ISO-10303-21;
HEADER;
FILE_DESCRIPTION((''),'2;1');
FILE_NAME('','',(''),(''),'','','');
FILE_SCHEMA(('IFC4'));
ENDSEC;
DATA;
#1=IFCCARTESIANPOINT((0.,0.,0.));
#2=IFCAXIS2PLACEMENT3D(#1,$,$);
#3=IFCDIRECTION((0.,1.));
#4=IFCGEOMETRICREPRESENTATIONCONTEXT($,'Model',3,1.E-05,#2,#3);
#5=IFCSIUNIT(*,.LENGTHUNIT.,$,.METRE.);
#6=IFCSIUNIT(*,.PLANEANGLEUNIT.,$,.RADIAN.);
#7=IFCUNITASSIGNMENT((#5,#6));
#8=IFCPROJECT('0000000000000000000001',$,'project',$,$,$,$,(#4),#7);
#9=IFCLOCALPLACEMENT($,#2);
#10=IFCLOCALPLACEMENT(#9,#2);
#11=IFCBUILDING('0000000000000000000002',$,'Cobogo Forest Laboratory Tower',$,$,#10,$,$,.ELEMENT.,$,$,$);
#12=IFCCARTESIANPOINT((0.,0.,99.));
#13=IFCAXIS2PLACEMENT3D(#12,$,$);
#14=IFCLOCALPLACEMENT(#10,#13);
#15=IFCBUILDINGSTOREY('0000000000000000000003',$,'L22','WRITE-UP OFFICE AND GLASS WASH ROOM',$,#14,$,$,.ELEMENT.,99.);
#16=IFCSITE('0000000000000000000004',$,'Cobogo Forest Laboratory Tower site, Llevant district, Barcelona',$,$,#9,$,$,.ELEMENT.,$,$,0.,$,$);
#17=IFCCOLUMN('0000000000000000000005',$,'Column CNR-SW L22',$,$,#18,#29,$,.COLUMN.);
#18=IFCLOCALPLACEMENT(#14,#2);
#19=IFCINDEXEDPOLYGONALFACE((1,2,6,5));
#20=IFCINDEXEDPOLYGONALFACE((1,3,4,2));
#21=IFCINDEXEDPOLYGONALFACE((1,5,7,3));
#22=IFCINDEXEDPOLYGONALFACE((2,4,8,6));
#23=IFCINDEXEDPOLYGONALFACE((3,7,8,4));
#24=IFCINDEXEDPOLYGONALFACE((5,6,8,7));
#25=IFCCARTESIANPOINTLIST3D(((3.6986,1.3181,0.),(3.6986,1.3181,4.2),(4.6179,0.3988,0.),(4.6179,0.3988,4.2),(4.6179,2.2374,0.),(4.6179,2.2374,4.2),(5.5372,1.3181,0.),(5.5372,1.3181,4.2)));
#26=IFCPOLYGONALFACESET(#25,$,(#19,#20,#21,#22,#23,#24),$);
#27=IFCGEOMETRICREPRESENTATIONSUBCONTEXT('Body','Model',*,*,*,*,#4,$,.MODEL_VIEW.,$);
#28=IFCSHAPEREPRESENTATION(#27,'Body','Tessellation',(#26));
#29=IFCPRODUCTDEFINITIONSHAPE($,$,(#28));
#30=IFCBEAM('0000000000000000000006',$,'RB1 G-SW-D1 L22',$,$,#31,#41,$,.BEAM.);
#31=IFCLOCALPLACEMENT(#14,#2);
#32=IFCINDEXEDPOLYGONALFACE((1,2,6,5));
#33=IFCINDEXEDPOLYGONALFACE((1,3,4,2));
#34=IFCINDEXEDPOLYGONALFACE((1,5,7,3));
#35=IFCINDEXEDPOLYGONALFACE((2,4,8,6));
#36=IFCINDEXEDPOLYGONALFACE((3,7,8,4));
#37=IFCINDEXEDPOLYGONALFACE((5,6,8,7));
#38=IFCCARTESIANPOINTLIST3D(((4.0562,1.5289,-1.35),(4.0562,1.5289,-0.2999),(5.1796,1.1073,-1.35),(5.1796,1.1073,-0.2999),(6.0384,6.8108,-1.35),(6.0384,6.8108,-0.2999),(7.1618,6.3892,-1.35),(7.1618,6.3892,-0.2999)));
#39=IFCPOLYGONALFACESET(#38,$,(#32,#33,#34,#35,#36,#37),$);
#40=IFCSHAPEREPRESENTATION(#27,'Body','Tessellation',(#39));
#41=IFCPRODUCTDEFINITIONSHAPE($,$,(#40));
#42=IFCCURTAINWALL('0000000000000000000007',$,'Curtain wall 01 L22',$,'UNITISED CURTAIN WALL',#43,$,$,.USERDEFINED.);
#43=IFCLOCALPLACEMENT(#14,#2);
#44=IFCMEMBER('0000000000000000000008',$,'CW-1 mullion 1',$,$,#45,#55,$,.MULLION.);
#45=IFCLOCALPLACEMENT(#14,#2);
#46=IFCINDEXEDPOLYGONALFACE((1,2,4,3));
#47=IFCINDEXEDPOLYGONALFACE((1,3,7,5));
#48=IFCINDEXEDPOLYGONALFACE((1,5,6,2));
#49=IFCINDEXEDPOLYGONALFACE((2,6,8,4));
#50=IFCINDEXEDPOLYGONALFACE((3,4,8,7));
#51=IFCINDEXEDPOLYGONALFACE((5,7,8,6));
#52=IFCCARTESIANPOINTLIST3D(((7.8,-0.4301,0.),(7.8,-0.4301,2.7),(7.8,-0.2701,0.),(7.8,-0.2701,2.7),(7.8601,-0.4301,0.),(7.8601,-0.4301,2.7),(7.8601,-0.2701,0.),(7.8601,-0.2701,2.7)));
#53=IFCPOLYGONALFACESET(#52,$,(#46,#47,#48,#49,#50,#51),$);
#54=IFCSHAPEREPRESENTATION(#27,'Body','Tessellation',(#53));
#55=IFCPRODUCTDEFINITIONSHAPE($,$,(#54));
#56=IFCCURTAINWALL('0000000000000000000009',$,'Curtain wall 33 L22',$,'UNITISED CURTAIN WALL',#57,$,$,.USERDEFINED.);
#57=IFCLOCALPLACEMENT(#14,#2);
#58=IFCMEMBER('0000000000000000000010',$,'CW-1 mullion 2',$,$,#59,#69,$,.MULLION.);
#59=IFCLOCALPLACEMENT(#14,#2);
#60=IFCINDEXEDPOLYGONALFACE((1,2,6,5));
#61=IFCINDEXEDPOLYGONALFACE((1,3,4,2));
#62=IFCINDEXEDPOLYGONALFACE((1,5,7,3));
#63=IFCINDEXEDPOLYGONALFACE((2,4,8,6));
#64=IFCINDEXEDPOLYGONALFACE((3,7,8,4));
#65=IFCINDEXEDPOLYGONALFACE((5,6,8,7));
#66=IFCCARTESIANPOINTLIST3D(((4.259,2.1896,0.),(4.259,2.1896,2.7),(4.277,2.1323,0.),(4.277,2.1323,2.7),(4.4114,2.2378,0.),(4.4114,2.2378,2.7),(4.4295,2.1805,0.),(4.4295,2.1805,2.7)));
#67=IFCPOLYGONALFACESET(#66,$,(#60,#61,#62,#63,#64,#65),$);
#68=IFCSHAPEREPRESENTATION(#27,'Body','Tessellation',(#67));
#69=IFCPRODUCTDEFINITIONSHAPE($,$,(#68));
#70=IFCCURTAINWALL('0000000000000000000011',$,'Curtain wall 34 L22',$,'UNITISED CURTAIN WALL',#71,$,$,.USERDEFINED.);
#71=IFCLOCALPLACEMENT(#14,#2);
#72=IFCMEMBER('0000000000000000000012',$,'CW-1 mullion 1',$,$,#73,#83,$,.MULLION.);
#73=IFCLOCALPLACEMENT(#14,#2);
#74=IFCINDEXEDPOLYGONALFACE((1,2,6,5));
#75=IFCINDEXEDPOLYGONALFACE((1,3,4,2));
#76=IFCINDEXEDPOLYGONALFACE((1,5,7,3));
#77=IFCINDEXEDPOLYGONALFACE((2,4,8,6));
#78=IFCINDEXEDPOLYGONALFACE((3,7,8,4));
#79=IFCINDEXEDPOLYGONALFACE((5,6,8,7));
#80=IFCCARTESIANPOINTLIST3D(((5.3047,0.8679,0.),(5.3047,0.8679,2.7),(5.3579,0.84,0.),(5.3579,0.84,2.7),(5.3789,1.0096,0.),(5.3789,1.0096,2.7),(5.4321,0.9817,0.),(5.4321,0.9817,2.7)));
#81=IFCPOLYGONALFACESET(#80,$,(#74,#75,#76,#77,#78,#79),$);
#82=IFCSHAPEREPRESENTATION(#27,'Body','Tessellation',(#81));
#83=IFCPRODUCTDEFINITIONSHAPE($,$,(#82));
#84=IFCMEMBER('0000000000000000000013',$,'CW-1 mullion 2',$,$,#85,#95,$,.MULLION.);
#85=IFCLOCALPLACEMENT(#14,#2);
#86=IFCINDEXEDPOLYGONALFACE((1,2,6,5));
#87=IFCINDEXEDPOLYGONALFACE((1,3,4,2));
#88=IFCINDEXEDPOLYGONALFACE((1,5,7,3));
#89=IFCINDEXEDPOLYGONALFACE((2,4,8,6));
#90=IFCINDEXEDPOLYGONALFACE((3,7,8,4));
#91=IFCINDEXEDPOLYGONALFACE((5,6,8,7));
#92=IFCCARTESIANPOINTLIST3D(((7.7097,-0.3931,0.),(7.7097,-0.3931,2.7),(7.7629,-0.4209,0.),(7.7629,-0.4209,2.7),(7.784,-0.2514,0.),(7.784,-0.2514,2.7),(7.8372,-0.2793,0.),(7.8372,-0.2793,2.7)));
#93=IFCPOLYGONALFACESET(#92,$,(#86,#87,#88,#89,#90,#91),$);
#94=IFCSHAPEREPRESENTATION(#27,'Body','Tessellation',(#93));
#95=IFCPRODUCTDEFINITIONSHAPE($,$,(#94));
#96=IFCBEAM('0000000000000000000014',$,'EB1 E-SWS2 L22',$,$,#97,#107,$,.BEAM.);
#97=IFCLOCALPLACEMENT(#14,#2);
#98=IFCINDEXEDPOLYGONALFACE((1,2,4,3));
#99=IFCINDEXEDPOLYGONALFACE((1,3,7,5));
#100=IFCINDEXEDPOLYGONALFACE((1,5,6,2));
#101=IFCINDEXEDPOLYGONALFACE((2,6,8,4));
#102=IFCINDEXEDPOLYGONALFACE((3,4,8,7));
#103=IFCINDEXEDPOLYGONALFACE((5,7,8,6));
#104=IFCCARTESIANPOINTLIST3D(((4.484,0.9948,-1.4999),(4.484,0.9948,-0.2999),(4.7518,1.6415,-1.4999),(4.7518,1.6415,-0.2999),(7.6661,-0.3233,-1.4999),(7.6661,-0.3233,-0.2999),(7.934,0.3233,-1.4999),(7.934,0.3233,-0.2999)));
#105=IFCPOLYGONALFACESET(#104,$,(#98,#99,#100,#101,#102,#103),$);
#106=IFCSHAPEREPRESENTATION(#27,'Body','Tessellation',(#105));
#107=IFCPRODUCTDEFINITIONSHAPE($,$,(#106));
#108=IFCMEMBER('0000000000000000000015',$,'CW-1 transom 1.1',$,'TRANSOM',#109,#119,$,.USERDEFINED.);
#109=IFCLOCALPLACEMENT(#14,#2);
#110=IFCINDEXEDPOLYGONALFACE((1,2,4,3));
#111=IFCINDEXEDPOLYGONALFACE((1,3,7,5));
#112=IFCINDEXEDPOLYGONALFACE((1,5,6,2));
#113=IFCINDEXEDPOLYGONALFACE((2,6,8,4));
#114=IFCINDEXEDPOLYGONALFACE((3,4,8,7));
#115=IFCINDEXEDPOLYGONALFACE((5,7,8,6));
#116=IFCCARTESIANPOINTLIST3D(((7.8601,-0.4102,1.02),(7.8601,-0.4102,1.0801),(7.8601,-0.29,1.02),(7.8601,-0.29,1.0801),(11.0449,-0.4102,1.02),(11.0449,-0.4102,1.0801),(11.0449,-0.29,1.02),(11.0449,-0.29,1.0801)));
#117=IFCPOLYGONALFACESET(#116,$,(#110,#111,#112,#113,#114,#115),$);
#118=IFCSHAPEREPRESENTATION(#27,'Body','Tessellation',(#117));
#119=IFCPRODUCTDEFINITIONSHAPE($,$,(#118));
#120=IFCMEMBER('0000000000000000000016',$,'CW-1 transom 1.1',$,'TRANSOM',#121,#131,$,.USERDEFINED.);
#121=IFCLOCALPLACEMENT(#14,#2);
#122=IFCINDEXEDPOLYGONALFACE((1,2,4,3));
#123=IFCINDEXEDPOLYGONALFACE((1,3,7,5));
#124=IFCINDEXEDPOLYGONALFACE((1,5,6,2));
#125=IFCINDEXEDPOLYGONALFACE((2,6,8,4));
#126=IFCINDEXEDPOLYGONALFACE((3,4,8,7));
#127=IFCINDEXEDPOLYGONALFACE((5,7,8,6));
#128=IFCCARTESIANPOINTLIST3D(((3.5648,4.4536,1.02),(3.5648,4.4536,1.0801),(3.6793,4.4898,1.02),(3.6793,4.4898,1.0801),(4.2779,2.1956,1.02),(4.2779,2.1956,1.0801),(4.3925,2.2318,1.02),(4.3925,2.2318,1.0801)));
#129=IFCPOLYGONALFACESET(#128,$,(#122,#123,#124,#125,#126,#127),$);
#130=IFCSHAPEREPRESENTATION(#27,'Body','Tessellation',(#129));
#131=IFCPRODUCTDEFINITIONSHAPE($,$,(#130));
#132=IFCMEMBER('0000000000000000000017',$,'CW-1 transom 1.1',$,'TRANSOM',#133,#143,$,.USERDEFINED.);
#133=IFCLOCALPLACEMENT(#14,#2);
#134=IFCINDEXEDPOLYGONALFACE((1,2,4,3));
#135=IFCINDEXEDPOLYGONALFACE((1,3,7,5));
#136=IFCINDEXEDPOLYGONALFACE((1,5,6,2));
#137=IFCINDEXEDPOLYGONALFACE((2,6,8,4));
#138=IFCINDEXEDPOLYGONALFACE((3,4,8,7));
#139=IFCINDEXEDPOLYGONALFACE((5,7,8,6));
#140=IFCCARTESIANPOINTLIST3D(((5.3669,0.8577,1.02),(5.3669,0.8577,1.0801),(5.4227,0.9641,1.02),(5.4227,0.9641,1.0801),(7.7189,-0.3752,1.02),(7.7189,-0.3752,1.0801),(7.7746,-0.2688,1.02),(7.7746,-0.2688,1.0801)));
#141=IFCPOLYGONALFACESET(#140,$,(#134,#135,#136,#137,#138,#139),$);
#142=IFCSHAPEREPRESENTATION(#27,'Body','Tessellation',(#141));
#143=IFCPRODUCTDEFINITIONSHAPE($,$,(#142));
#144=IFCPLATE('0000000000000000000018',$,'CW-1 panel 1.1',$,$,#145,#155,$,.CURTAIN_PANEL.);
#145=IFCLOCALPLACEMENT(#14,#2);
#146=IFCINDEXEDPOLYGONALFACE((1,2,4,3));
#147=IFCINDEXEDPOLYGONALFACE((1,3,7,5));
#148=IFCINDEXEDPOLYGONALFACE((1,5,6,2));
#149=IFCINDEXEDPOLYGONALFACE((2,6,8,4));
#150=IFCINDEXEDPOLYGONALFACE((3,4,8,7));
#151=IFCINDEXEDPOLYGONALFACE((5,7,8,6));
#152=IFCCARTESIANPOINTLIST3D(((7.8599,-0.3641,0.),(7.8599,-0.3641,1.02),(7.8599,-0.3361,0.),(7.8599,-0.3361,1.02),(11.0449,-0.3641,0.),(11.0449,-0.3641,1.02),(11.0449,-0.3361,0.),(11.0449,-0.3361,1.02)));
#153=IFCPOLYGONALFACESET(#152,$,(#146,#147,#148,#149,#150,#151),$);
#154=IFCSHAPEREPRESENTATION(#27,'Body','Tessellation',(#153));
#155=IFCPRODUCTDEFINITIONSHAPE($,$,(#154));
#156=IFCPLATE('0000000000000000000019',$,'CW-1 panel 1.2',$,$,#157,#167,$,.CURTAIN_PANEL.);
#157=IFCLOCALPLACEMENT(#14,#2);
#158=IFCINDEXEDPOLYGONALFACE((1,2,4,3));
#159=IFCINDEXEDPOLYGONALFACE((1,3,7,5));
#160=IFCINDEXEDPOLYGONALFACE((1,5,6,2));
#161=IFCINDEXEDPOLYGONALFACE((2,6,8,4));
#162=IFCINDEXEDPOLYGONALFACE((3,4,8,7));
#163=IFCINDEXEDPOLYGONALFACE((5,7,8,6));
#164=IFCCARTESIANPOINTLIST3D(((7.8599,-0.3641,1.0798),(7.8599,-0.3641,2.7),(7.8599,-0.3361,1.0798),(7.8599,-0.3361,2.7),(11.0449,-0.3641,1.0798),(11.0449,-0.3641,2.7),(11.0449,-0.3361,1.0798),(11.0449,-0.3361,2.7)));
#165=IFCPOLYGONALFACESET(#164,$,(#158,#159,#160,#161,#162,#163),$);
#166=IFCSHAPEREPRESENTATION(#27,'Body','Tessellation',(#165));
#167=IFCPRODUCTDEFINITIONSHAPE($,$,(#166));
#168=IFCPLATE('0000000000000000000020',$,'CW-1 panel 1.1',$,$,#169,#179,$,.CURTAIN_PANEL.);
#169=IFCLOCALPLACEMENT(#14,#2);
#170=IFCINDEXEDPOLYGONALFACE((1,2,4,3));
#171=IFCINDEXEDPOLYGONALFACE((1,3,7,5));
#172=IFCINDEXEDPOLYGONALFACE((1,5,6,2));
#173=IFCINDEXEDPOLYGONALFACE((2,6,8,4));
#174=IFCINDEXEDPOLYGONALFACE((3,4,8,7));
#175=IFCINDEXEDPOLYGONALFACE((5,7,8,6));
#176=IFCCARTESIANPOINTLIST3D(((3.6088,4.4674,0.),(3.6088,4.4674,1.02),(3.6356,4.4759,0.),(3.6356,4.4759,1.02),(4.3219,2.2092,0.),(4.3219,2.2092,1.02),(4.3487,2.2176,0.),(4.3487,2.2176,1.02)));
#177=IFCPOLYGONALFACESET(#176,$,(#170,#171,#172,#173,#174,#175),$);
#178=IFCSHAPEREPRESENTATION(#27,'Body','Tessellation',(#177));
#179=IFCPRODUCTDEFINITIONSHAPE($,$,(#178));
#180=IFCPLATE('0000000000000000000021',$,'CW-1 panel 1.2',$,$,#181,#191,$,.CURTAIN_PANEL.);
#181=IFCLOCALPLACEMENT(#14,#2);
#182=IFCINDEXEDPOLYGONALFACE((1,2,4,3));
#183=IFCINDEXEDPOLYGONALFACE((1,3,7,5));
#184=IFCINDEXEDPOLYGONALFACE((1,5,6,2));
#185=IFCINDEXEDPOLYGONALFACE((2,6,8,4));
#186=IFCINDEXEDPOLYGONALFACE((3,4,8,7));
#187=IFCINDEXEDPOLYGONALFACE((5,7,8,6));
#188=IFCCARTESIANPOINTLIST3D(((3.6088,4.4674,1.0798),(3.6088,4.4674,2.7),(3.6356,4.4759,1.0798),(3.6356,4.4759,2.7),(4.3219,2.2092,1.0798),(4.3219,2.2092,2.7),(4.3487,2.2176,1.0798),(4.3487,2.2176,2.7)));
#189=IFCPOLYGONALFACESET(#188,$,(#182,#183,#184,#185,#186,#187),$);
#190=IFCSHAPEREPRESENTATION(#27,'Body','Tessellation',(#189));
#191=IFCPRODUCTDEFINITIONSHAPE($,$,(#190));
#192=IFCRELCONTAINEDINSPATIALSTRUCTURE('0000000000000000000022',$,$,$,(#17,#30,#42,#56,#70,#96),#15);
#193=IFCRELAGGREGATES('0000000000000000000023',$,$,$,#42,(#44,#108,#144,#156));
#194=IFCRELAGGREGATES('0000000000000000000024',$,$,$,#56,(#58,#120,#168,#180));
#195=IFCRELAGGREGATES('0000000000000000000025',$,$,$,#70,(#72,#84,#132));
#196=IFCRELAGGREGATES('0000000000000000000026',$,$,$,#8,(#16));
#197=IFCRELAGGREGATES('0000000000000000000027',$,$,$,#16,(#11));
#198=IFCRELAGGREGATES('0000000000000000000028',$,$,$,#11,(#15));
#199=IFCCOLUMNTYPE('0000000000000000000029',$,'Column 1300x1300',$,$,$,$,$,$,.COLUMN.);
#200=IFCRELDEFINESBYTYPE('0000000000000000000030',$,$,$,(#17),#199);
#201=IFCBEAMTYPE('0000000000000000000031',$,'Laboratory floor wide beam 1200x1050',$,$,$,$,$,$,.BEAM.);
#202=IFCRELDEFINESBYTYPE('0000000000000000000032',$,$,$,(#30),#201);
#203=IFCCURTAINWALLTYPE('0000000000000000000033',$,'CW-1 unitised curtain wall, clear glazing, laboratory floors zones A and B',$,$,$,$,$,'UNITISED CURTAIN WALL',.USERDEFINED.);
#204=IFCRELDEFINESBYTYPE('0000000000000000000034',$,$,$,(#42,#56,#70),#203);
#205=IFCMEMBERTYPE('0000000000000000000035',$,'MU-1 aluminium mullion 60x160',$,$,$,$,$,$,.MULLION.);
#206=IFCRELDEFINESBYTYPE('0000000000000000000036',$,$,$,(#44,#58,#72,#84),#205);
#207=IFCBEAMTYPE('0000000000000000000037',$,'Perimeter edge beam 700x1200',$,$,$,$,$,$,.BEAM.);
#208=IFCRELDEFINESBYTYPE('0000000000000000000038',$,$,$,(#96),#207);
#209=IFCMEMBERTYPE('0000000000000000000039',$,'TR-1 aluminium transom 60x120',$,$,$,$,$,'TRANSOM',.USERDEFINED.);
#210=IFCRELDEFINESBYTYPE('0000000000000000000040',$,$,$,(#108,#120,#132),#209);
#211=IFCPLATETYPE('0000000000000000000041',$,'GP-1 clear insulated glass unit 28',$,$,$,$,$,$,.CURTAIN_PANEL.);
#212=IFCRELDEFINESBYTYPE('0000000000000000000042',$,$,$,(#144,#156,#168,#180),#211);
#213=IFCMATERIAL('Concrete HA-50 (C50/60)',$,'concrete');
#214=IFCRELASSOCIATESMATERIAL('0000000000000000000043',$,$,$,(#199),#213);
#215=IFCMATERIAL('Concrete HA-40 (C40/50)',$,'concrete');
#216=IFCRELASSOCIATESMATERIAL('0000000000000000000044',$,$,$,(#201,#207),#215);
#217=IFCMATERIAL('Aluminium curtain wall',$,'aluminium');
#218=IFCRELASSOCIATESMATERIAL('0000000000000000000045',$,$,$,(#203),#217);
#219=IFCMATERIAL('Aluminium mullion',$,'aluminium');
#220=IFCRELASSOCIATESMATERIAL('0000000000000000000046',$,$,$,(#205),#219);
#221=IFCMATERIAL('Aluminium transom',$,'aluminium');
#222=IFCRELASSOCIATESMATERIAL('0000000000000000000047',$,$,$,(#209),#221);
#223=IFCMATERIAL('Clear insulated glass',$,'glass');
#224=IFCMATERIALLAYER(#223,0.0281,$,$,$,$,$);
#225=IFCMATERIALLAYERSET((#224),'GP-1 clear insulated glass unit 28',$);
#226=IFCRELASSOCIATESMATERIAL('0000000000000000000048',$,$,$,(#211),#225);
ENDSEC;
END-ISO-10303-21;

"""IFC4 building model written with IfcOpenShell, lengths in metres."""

from ifc_helpers import new_model, si_unit, direction, frame, origin, origin_2d, place, context, subcontext, project, spatial, rectangle, extrude, material, layer, layer_set, material_profile, profile_set, type_object, element, aggregate, save


model = new_model("IFC4")

# Units and contexts
model_context = context("Model", 3, precision=1e-05, world=origin(), true_north=direction((0.0, 1.0)))
body_context = subcontext(model_context, "Body", "Model", "MODEL_VIEW")
ifc_project = project(units=[si_unit("LENGTHUNIT", "METRE"), si_unit("PLANEANGLEUNIT", "RADIAN")], contexts=[model_context])

# Site, building, storey
site_placement = place(None, origin())
site = spatial("IfcSite", under=ifc_project, at=site_placement, Name="Cobogo Forest Laboratory Tower site, Llevant district, Barcelona", CompositionType="ELEMENT", RefElevation=0.0)
building_placement = place(site_placement, origin())
building = spatial("IfcBuilding", under=site, at=building_placement, Name="Cobogo Forest Laboratory Tower", CompositionType="ELEMENT")
storey_placement = place(building_placement, frame((0.0, 0.0, 99.0)))
storey = spatial("IfcBuildingStorey", under=building, at=storey_placement, Name="L22", Description="WRITE-UP OFFICE AND GLASS WASH ROOM", CompositionType="ELEMENT", Elevation=99.0)

# Column
ifc_material_1 = material(Name="Concrete HA-50 (C50/60)", Category="concrete")
ifc_material_profile_1 = material_profile(ifc_material_1, rectangle(XDim=1.3, YDim=1.3, at=origin_2d()), Name="RC 1300x1300")
ifc_profile_set_1 = profile_set([ifc_material_profile_1], Name="Concrete HA-50 (C50/60)")
column_type = type_object("IfcColumnType", Name="Column 1300x1300", PredefinedType="COLUMN", material=ifc_profile_set_1)
column_placement = place(storey_placement, frame((4.6179, 1.3181, 0.0), z_axis=(0.0, 0.0, 1.0), x_axis=(0.707107, 0.707107, 0.0)))
element("IfcColumn", 1, at=column_placement, inside=storey, type_object=column_type, Name="Column CNR-SW L22", PredefinedType="COLUMN", context=body_context, shape_type="SweptSolid", body=[
    extrude(rectangle(XDim=1.3, YDim=1.3, at=origin_2d()), origin(), (0.0, 0.0, 1.0), 4.2),
])

# Beam
ifc_material_2 = material(Name="Concrete HA-40 (C40/50)", Category="concrete")
ifc_material_profile_2 = material_profile(ifc_material_2, rectangle(XDim=1.2, YDim=1.05, at=origin_2d()), Name="RC 1200x1050")
ifc_profile_set_2 = profile_set([ifc_material_profile_2], Name="Concrete HA-40 (C40/50)")
beam_type_1 = type_object("IfcBeamType", Name="Laboratory floor wide beam 1200x1050", PredefinedType="BEAM", material=ifc_profile_set_2)
beam_1_placement = place(storey_placement, frame((4.6179, 1.3181, -0.825), z_axis=(0.351346, 0.936246, 0.0), x_axis=(-0.936246, 0.351346, 0.0)))
element("IfcBeam", 2, at=beam_1_placement, inside=storey, type_object=beam_type_1, Name="RB1 G-SW-D1 L22", PredefinedType="BEAM", context=body_context, shape_type="SweptSolid", body=[
    extrude(rectangle(XDim=1.2, YDim=1.05, at=origin_2d()), origin(), (0.0, 0.0, 1.0), 5.6416),
])

# Curtain walls, members
ifc_material_3 = material(Name="Aluminium curtain wall", Category="aluminium")
curtain_wall_type = type_object("IfcCurtainWallType", Name="CW-1 unitised curtain wall, clear glazing, laboratory floors zones A and B", ElementType="UNITISED CURTAIN WALL", PredefinedType="USERDEFINED", material=ifc_material_3)
curtain_wall_1_placement = place(storey_placement, origin())
curtain_wall_1 = element("IfcCurtainWall", 3, at=curtain_wall_1_placement, inside=storey, type_object=curtain_wall_type, Name="Curtain wall 01 L22", ObjectType="UNITISED CURTAIN WALL", PredefinedType="USERDEFINED")
ifc_material_4 = material(Name="Aluminium mullion", Category="aluminium")
ifc_material_profile_3 = material_profile(ifc_material_4, rectangle(XDim=0.0601, YDim=0.1599, at=origin_2d()), Name="AL 60x160")
ifc_profile_set_3 = profile_set([ifc_material_profile_3], Name="Aluminium mullion")
member_type_1 = type_object("IfcMemberType", Name="MU-1 aluminium mullion 60x160", PredefinedType="MULLION", material=ifc_profile_set_3)
member_1_placement = place(storey_placement, frame((7.8301, -0.3501, 0.0), z_axis=(0.0, 0.0, 1.0), x_axis=(1.0, 0.0, 0.0)))
member_1 = element("IfcMember", 4, at=member_1_placement, type_object=member_type_1, Name="CW-1 mullion 1", PredefinedType="MULLION", context=body_context, shape_type="SweptSolid", body=[
    extrude(rectangle(XDim=0.0601, YDim=0.1599, at=origin_2d()), origin(), (0.0, 0.0, 1.0), 2.7),
])
curtain_wall_2_placement = place(storey_placement, origin())
curtain_wall_2 = element("IfcCurtainWall", 5, at=curtain_wall_2_placement, inside=storey, type_object=curtain_wall_type, Name="Curtain wall 33 L22", ObjectType="UNITISED CURTAIN WALL", PredefinedType="USERDEFINED")
member_2_placement = place(storey_placement, frame((4.3442, 2.1851, 0.0), z_axis=(0.0, 0.0, 1.0), x_axis=(0.301135, -0.953581, 0.0)))
member_2 = element("IfcMember", 6, at=member_2_placement, type_object=member_type_1, Name="CW-1 mullion 2", PredefinedType="MULLION", context=body_context, shape_type="SweptSolid", body=[
    extrude(rectangle(XDim=0.0601, YDim=0.1599, at=origin_2d()), origin(), (0.0, 0.0, 1.0), 2.7),
])

# Curtain wall, members
curtain_wall_3_placement = place(storey_placement, origin())
curtain_wall_3 = element("IfcCurtainWall", 7, at=curtain_wall_3_placement, inside=storey, type_object=curtain_wall_type, Name="Curtain wall 34 L22", ObjectType="UNITISED CURTAIN WALL", PredefinedType="USERDEFINED")
member_3_placement = place(storey_placement, frame((5.3684, 0.9248, 0.0), z_axis=(0.0, 0.0, 1.0), x_axis=(0.885687, -0.464284, 0.0)))
member_3 = element("IfcMember", 8, at=member_3_placement, type_object=member_type_1, Name="CW-1 mullion 1", PredefinedType="MULLION", context=body_context, shape_type="SweptSolid", body=[
    extrude(rectangle(XDim=0.0601, YDim=0.1599, at=origin_2d()), origin(), (0.0, 0.0, 1.0), 2.7),
])
member_4_placement = place(storey_placement, frame((7.7734, -0.3362, 0.0), z_axis=(0.0, 0.0, 1.0), x_axis=(0.885687, -0.464284, 0.0)))
member_4 = element("IfcMember", 9, at=member_4_placement, type_object=member_type_1, Name="CW-1 mullion 2", PredefinedType="MULLION", context=body_context, shape_type="SweptSolid", body=[
    extrude(rectangle(XDim=0.0601, YDim=0.1599, at=origin_2d()), origin(), (0.0, 0.0, 1.0), 2.7),
])

# Beam
ifc_material_profile_4 = material_profile(ifc_material_2, rectangle(XDim=0.7, YDim=1.2, at=origin_2d()), Name="RC 700x1200")
ifc_profile_set_4 = profile_set([ifc_material_profile_4], Name="Concrete HA-40 (C40/50)")
beam_type_2 = type_object("IfcBeamType", Name="Perimeter edge beam 700x1200", PredefinedType="BEAM", material=ifc_profile_set_4)
beam_2_placement = place(storey_placement, frame((7.8, 0.0, -0.8999), z_axis=(-0.923876, 0.382692, 0.0), x_axis=(-0.382692, -0.923876, 0.0)))
element("IfcBeam", 10, at=beam_2_placement, inside=storey, type_object=beam_type_2, Name="EB1 E-SWS2 L22", PredefinedType="BEAM", context=body_context, shape_type="SweptSolid", body=[
    extrude(rectangle(XDim=0.7, YDim=1.2, at=origin_2d()), origin(), (0.0, 0.0, 1.0), 3.4443),
])

# Members
ifc_material_5 = material(Name="Aluminium transom", Category="aluminium")
ifc_material_profile_5 = material_profile(ifc_material_5, rectangle(XDim=0.1201, YDim=0.0601, at=origin_2d()), Name="AL 60x120")
ifc_profile_set_5 = profile_set([ifc_material_profile_5], Name="Aluminium transom")
member_type_2 = type_object("IfcMemberType", Name="TR-1 aluminium transom 60x120", ElementType="TRANSOM", PredefinedType="USERDEFINED", material=ifc_profile_set_5)
member_5_placement = place(storey_placement, frame((7.8601, -0.3501, 1.05), z_axis=(1.0, 0.0, 0.0), x_axis=(0.0, 1.0, 0.0)))
member_5 = element("IfcMember", 11, at=member_5_placement, type_object=member_type_2, Name="CW-1 transom 1.1", ObjectType="TRANSOM", PredefinedType="USERDEFINED", context=body_context, shape_type="SweptSolid", body=[
    extrude(rectangle(XDim=0.1201, YDim=0.0601, at=origin_2d()), origin(), (0.0, 0.0, 1.0), 3.1848),
])
member_6_placement = place(storey_placement, frame((3.6221, 4.4717, 1.05), z_axis=(0.301156, -0.953575, 0.0), x_axis=(0.953575, 0.301156, 0.0)))
member_6 = element("IfcMember", 12, at=member_6_placement, type_object=member_type_2, Name="CW-1 transom 1.1", ObjectType="TRANSOM", PredefinedType="USERDEFINED", context=body_context, shape_type="SweptSolid", body=[
    extrude(rectangle(XDim=0.1201, YDim=0.0601, at=origin_2d()), origin(), (0.0, 0.0, 1.0), 2.3679),
])
member_7_placement = place(storey_placement, frame((5.3948, 0.9109, 1.05), z_axis=(0.885695, -0.464268, 0.0), x_axis=(0.464268, 0.885695, 0.0)))
member_7 = element("IfcMember", 13, at=member_7_placement, type_object=member_type_2, Name="CW-1 transom 1.1", ObjectType="TRANSOM", PredefinedType="USERDEFINED", context=body_context, shape_type="SweptSolid", body=[
    extrude(rectangle(XDim=0.1201, YDim=0.0601, at=origin_2d()), origin(), (0.0, 0.0, 1.0), 2.6555),
])

# Plates
ifc_material_6 = material(Name="Clear insulated glass", Category="glass")
ifc_layer = layer(ifc_material_6, 0.0281)
ifc_layer_set = layer_set([ifc_layer], Name="GP-1 clear insulated glass unit 28")
plate_type = type_object("IfcPlateType", Name="GP-1 clear insulated glass unit 28", PredefinedType="CURTAIN_PANEL", material=ifc_layer_set)
plate_1_placement = place(storey_placement, frame((9.4524, -0.3501, 0.0), z_axis=(0.0, 0.0, 1.0), x_axis=(1.0, 0.0, 0.0)))
plate_1 = element("IfcPlate", 14, at=plate_1_placement, type_object=plate_type, Name="CW-1 panel 1.1", PredefinedType="CURTAIN_PANEL", context=body_context, shape_type="SweptSolid", body=[
    extrude(rectangle(XDim=3.1851, YDim=0.0281, at=origin_2d()), origin(), (0.0, 0.0, 1.0), 1.02),
])
plate_2_placement = place(storey_placement, frame((9.4524, -0.3501, 1.0798), z_axis=(0.0, 0.0, 1.0), x_axis=(1.0, 0.0, 0.0)))
plate_2 = element("IfcPlate", 15, at=plate_2_placement, type_object=plate_type, Name="CW-1 panel 1.2", PredefinedType="CURTAIN_PANEL", context=body_context, shape_type="SweptSolid", body=[
    extrude(rectangle(XDim=3.1851, YDim=0.0281, at=origin_2d()), origin(), (0.0, 0.0, 1.0), 1.6201),
])
aggregate(curtain_wall_1, [member_1, member_5, plate_1, plate_2])
plate_3_placement = place(storey_placement, frame((3.9788, 3.3425, 0.0), z_axis=(0.0, 0.0, 1.0), x_axis=(0.301135, -0.953581, 0.0)))
plate_3 = element("IfcPlate", 16, at=plate_3_placement, type_object=plate_type, Name="CW-1 panel 1.1", PredefinedType="CURTAIN_PANEL", context=body_context, shape_type="SweptSolid", body=[
    extrude(rectangle(XDim=2.3682, YDim=0.0281, at=origin_2d()), origin(), (0.0, 0.0, 1.0), 1.02),
])
plate_4_placement = place(storey_placement, frame((3.9788, 3.3425, 1.0798), z_axis=(0.0, 0.0, 1.0), x_axis=(0.301135, -0.953581, 0.0)))
plate_4 = element("IfcPlate", 17, at=plate_4_placement, type_object=plate_type, Name="CW-1 panel 1.2", PredefinedType="CURTAIN_PANEL", context=body_context, shape_type="SweptSolid", body=[
    extrude(rectangle(XDim=2.3682, YDim=0.0281, at=origin_2d()), origin(), (0.0, 0.0, 1.0), 1.6201),
])
aggregate(curtain_wall_2, [member_2, member_6, plate_3, plate_4])
aggregate(curtain_wall_3, [member_3, member_4, member_7])

save(model, "model.ifc")
